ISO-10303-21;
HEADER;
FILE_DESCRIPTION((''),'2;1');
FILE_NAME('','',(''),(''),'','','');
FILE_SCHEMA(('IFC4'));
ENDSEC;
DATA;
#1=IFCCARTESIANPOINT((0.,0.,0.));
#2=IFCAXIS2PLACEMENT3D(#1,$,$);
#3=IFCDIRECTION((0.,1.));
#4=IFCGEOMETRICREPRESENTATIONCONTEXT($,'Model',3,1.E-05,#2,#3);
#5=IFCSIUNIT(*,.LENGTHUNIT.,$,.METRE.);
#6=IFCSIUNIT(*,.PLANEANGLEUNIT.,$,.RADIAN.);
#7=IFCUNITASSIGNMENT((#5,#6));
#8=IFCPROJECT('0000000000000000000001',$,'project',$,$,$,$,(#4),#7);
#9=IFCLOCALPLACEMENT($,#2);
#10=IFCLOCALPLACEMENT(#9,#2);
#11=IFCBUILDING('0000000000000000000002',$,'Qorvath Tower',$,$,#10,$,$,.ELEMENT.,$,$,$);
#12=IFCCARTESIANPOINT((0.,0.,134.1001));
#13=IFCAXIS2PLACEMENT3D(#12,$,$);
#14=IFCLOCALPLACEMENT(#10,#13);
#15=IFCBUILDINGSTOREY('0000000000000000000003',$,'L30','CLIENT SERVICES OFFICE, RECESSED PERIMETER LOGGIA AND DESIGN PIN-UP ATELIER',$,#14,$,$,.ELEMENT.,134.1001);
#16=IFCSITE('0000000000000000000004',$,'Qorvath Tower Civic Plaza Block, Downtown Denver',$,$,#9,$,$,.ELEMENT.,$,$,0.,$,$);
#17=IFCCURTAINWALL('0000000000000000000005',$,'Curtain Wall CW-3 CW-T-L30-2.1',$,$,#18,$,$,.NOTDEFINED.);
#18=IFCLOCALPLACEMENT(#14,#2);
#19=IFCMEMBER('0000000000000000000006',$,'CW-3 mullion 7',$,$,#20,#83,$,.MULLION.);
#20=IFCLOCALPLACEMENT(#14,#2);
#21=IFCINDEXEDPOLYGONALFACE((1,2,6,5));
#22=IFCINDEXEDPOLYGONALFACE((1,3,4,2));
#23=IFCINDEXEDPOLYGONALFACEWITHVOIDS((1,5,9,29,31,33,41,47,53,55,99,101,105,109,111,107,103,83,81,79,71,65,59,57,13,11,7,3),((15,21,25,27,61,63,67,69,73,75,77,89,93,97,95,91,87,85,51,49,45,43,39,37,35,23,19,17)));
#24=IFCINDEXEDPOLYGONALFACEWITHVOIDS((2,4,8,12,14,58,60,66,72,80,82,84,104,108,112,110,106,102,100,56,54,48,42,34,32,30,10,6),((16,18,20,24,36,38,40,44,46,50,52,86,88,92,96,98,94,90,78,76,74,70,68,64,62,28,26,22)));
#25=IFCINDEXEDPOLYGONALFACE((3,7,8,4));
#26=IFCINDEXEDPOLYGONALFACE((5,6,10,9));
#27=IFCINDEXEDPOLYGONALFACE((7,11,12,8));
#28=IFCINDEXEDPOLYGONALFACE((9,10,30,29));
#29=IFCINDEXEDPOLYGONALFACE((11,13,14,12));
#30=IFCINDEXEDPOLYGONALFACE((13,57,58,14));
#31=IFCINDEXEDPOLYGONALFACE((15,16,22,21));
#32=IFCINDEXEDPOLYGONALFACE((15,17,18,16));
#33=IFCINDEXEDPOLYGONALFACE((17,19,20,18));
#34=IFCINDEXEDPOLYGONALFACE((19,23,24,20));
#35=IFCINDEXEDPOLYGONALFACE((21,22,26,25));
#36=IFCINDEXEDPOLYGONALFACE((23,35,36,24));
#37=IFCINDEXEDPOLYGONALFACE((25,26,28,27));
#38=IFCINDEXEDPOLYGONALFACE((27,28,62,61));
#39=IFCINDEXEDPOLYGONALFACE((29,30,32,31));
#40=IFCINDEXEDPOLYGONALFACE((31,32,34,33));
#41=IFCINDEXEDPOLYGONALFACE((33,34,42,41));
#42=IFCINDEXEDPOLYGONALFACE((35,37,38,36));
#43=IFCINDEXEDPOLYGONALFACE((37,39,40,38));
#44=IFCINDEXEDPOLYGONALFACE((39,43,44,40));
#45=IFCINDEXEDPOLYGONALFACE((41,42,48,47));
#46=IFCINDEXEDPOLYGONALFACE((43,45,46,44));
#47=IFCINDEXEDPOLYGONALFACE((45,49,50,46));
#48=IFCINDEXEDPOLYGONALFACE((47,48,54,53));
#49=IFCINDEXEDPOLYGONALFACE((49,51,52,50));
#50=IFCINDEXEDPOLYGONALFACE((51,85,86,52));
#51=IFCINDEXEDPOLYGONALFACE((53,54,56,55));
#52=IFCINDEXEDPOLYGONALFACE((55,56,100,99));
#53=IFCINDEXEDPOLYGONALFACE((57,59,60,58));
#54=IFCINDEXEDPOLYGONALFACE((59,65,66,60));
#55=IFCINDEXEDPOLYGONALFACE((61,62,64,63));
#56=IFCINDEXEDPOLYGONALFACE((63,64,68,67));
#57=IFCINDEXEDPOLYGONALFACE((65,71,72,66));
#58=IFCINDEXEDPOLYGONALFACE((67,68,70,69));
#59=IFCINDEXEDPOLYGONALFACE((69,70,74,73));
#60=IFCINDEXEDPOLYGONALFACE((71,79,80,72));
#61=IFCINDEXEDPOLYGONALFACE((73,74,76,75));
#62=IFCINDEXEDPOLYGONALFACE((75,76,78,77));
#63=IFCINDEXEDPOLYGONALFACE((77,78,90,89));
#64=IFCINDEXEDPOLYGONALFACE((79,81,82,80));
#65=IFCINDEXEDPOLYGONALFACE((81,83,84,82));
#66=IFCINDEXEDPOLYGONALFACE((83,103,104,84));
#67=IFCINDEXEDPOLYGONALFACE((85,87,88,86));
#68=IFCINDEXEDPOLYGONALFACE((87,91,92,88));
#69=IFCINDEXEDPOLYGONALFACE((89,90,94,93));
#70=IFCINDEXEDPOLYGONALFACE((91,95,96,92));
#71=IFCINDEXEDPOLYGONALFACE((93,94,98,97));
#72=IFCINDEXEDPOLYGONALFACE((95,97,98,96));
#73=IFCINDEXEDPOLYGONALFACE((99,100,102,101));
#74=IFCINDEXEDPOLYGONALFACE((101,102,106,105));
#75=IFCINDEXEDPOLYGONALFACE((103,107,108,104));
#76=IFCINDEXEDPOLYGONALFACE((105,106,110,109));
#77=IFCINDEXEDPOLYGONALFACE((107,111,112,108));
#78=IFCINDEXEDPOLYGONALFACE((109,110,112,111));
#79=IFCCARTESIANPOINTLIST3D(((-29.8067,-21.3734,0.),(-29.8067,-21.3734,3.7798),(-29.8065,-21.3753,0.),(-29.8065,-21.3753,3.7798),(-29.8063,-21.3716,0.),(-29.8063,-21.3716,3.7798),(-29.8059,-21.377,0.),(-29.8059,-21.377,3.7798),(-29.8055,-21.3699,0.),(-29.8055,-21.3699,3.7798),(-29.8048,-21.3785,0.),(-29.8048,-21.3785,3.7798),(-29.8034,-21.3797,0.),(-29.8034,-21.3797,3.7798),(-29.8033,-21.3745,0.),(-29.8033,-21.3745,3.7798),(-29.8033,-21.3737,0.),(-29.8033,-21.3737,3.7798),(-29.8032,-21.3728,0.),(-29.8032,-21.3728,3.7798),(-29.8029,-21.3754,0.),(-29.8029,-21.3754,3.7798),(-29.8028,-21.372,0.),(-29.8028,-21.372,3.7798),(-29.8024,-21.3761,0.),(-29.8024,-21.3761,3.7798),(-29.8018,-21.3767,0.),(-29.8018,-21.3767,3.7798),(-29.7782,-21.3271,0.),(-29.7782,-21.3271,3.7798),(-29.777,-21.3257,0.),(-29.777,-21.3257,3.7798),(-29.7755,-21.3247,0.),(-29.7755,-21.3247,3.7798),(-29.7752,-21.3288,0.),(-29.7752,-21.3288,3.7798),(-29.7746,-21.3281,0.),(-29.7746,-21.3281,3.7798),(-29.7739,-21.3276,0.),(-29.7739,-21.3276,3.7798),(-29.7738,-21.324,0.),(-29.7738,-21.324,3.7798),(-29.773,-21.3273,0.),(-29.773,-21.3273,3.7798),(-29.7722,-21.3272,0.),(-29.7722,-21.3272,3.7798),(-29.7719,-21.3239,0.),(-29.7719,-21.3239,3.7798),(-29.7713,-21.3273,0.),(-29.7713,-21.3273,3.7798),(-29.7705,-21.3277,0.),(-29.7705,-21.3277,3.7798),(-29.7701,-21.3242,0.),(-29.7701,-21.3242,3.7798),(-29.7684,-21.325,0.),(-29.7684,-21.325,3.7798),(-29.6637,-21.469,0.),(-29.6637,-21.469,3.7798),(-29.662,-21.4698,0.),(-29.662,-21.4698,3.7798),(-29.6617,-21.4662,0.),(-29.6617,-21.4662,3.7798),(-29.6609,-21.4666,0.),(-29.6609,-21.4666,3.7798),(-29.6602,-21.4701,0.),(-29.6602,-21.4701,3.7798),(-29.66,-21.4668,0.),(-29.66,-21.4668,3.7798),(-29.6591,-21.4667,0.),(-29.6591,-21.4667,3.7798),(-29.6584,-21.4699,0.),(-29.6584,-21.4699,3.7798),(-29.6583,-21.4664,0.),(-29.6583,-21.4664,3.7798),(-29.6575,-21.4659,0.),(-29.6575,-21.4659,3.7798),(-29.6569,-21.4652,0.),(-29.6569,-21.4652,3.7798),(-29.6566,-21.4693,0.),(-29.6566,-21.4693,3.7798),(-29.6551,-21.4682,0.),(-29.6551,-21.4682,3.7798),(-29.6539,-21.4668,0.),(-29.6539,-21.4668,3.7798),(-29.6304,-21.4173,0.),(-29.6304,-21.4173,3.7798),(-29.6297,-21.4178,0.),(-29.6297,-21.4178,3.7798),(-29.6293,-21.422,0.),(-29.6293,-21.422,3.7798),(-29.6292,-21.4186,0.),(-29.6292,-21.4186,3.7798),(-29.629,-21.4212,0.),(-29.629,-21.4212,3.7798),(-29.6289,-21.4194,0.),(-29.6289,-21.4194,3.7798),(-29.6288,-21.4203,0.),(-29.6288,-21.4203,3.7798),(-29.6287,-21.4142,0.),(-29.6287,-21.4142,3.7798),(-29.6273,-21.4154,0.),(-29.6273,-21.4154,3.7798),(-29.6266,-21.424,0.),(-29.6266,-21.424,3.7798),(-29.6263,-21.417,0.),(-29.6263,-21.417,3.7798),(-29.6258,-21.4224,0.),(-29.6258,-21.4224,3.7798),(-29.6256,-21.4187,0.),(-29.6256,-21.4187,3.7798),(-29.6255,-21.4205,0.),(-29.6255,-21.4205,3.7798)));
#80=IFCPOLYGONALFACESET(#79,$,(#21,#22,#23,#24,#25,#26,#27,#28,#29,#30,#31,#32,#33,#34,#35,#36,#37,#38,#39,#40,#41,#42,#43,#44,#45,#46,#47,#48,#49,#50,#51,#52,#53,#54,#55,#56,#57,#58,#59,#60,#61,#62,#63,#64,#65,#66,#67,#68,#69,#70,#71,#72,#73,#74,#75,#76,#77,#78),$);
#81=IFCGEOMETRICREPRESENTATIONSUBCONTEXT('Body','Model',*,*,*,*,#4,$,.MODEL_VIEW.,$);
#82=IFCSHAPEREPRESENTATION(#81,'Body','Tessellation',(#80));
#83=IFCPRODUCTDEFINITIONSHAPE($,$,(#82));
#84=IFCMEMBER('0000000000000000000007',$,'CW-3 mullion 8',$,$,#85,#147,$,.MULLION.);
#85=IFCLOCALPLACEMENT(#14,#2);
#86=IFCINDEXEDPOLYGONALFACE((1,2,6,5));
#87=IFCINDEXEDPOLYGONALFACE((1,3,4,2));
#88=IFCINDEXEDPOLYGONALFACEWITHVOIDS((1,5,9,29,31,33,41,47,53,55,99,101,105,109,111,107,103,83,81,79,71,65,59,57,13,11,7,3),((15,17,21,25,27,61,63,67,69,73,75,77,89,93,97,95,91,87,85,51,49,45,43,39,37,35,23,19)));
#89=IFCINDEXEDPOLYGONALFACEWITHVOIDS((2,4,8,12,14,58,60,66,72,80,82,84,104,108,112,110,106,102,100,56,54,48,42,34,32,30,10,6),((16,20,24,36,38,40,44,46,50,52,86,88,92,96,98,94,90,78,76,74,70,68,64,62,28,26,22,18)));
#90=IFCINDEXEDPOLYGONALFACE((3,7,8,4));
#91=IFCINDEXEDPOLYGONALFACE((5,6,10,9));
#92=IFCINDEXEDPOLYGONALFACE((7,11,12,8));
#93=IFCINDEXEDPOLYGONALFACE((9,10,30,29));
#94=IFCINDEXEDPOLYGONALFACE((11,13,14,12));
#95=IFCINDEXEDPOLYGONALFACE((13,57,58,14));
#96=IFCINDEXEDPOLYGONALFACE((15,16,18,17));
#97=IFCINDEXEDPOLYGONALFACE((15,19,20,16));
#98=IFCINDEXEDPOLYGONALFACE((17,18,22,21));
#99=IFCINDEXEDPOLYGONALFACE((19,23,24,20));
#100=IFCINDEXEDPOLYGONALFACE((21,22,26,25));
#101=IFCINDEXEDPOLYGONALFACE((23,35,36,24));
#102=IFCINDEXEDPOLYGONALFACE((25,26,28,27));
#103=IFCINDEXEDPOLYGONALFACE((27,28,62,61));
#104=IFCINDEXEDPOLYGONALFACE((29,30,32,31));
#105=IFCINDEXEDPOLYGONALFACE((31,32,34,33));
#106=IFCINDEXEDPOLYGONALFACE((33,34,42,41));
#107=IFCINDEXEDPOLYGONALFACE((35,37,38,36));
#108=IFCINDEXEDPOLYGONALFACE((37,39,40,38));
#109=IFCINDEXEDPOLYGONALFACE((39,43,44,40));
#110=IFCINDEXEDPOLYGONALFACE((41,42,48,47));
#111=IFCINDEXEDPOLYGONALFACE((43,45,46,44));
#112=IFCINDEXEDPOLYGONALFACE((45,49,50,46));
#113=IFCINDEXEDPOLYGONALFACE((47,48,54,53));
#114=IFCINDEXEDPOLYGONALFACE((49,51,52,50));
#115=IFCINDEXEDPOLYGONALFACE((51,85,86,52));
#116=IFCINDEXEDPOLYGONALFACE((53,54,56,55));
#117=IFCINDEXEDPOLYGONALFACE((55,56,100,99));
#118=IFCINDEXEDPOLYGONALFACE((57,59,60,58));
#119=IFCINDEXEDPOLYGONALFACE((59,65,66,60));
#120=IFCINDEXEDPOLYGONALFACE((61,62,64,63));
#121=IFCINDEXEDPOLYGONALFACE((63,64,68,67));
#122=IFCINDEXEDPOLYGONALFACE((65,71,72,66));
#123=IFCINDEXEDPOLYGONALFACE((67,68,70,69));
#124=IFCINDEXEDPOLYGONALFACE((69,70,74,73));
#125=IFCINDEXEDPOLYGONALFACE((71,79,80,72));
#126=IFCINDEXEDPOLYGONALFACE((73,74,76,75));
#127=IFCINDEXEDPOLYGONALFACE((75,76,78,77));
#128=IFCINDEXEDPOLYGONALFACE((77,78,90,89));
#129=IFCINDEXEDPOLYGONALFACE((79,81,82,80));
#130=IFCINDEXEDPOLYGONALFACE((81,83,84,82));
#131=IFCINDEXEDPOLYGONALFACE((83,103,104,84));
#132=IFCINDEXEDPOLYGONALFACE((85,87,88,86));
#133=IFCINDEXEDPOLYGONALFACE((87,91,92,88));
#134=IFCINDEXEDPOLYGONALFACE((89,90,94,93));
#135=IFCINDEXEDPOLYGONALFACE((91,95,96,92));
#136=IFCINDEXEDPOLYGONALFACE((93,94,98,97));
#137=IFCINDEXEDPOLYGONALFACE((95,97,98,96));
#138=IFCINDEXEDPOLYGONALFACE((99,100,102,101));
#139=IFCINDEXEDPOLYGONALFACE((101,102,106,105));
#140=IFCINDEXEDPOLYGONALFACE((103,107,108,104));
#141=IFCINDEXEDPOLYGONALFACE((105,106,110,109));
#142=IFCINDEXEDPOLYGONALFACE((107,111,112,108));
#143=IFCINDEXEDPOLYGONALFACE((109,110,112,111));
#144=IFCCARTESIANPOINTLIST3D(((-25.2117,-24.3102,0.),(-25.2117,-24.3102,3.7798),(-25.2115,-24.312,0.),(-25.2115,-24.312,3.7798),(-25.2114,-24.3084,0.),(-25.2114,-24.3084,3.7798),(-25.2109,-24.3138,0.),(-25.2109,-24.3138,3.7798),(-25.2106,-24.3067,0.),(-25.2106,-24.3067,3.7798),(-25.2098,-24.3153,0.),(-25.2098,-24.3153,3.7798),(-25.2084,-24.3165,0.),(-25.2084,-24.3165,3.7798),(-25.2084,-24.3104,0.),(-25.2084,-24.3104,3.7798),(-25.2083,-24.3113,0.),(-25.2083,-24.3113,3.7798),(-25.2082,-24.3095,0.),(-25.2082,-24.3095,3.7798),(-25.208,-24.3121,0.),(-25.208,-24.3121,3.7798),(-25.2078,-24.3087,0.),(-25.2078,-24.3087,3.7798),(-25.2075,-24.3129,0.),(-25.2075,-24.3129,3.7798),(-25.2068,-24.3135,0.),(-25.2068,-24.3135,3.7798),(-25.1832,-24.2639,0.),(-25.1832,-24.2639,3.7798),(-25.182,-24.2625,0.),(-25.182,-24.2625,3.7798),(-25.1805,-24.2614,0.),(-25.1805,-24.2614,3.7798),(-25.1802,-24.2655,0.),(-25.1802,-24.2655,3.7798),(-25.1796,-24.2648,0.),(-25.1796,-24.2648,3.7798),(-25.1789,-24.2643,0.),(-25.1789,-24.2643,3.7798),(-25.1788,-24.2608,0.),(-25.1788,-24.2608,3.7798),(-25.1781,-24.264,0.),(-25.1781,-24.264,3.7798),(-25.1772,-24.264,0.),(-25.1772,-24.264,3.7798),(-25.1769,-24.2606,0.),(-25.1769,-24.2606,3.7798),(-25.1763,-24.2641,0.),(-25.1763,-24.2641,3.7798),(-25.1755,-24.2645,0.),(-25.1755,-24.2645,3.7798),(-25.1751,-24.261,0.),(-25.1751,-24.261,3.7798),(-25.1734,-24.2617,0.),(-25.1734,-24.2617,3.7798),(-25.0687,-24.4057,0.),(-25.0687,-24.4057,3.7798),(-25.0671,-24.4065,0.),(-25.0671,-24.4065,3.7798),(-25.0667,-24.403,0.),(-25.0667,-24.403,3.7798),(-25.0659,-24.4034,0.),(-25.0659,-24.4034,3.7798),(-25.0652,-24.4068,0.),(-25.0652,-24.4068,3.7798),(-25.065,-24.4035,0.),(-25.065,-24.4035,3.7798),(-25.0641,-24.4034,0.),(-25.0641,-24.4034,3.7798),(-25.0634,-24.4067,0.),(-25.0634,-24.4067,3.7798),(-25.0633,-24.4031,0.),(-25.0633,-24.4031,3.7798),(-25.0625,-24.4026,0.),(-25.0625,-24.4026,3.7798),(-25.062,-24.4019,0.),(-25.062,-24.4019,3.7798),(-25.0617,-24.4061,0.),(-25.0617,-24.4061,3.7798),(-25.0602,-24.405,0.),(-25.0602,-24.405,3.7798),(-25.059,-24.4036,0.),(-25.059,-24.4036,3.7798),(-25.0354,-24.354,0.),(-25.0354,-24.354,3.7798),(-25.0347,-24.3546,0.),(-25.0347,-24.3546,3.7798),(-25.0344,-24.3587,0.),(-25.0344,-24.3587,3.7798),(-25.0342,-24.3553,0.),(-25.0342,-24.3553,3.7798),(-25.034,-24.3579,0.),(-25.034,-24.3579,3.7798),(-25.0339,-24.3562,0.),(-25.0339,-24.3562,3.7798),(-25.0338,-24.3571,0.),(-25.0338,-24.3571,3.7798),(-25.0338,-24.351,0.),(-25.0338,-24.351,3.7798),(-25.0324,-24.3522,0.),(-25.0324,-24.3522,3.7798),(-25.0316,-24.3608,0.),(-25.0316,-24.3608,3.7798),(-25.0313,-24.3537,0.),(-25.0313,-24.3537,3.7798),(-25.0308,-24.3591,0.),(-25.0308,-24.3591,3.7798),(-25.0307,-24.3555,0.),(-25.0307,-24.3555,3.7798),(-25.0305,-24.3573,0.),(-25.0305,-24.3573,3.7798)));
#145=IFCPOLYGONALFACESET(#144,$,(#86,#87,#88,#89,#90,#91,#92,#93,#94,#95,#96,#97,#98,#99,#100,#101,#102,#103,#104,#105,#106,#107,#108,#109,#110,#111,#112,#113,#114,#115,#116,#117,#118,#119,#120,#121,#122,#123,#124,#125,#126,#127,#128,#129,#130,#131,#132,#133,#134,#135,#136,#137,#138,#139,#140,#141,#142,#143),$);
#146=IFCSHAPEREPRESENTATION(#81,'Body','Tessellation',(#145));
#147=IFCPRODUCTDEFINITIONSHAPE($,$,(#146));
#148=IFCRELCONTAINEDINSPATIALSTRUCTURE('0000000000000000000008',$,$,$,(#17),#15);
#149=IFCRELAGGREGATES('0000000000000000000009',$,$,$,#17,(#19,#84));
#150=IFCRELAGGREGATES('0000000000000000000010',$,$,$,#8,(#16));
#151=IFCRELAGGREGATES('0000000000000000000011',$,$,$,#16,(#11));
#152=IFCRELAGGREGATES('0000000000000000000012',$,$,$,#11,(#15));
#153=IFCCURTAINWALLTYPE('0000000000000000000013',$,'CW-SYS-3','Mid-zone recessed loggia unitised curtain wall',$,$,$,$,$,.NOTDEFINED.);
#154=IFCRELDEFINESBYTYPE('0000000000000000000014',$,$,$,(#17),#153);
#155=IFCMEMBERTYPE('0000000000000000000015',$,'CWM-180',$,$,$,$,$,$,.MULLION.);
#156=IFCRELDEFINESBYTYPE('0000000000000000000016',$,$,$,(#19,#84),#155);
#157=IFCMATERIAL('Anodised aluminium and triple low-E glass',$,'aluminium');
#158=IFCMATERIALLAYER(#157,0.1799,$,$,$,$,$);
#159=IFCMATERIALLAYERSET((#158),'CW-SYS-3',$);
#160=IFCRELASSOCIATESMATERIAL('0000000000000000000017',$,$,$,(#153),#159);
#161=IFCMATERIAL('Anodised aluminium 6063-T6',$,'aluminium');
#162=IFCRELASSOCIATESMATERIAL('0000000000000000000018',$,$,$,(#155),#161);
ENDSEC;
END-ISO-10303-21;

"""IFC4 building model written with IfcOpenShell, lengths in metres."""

from ifc_helpers import new_model, si_unit, direction, frame, origin, origin_2d, place, context, subcontext, project, spatial, hollow_rectangle, extrude, material, layer, layer_set, material_profile, profile_set, type_object, element, aggregate, save


model = new_model("IFC4")

# Units and contexts
model_context = context("Model", 3, precision=1e-05, world=origin(), true_north=direction((0.0, 1.0)))
body_context = subcontext(model_context, "Body", "Model", "MODEL_VIEW")
ifc_project = project(units=[si_unit("LENGTHUNIT", "METRE"), si_unit("PLANEANGLEUNIT", "RADIAN")], contexts=[model_context])

# Site, building, storey
site_placement = place(None, origin())
site = spatial("IfcSite", under=ifc_project, at=site_placement, Name="Qorvath Tower Civic Plaza Block, Downtown Denver", CompositionType="ELEMENT", RefElevation=0.0)
building_placement = place(site_placement, origin())
building = spatial("IfcBuilding", under=site, at=building_placement, Name="Qorvath Tower", CompositionType="ELEMENT")
storey_placement = place(building_placement, frame((0.0, 0.0, 134.1001)))
storey = spatial("IfcBuildingStorey", under=building, at=storey_placement, Name="L30", Description="CLIENT SERVICES OFFICE, RECESSED PERIMETER LOGGIA AND DESIGN PIN-UP ATELIER", CompositionType="ELEMENT", Elevation=134.1001)

# Curtain wall, members
ifc_material_1 = material(Name="Anodised aluminium and triple low-E glass", Category="aluminium")
ifc_layer_1 = layer(ifc_material_1, 0.1799)
ifc_layer_set_1 = layer_set([ifc_layer_1], Name="CW-SYS-3")
curtain_wall_type = type_object("IfcCurtainWallType", Name="CW-SYS-3", Description="Mid-zone recessed loggia unitised curtain wall", PredefinedType="NOTDEFINED", material=ifc_layer_set_1)
curtain_wall_placement = place(storey_placement, origin())
curtain_wall = element("IfcCurtainWall", 1, at=curtain_wall_placement, inside=storey, type_object=curtain_wall_type, Name="Curtain Wall CW-3 CW-T-L30-2.1", PredefinedType="NOTDEFINED")
ifc_material_2 = material(Name="Anodised aluminium 6063-T6", Category="aluminium")
ifc_material_profile_1 = material_profile(ifc_material_2, hollow_rectangle(XDim=0.0649, YDim=0.1799, WallThickness=0.0034, InnerFilletRadius=0.0034, OuterFilletRadius=0.0071, at=origin_2d()), Name="CWM 180x65")
ifc_profile_set_1 = profile_set([ifc_material_profile_1], Name="Anodised aluminium 6063-T6")
member_type_1 = type_object("IfcMemberType", Name="CWM-180", PredefinedType="MULLION", material=ifc_profile_set_1)
member_1_placement = place(storey_placement, frame((-29.7161, -21.397, 0.0), z_axis=(0.0, 0.0, 1.0), x_axis=(0.538534, 0.842604, 0.0)))
member_1 = element("IfcMember", 2, at=member_1_placement, type_object=member_type_1, Name="CW-3 mullion 7", PredefinedType="MULLION", context=body_context, shape_type="SweptSolid", body=[
    extrude(hollow_rectangle(XDim=0.0649, YDim=0.1799, WallThickness=0.0034, InnerFilletRadius=0.0034, OuterFilletRadius=0.0071, at=origin_2d()), origin(), (0.0, 0.0, 1.0), 3.7798),
])
member_2_placement = place(storey_placement, frame((-25.1211, -24.3337, 0.0), z_axis=(0.0, 0.0, 1.0), x_axis=(0.538534, 0.842604, 0.0)))
member_2 = element("IfcMember", 3, at=member_2_placement, type_object=member_type_1, Name="CW-3 mullion 8", PredefinedType="MULLION", context=body_context, shape_type="SweptSolid", body=[
    extrude(hollow_rectangle(XDim=0.0649, YDim=0.1799, WallThickness=0.0034, InnerFilletRadius=0.0034, OuterFilletRadius=0.0071, at=origin_2d()), origin(), (0.0, 0.0, 1.0), 3.7798),
])
aggregate(curtain_wall, [member_1, member_2])

save(model, "model.ifc")
